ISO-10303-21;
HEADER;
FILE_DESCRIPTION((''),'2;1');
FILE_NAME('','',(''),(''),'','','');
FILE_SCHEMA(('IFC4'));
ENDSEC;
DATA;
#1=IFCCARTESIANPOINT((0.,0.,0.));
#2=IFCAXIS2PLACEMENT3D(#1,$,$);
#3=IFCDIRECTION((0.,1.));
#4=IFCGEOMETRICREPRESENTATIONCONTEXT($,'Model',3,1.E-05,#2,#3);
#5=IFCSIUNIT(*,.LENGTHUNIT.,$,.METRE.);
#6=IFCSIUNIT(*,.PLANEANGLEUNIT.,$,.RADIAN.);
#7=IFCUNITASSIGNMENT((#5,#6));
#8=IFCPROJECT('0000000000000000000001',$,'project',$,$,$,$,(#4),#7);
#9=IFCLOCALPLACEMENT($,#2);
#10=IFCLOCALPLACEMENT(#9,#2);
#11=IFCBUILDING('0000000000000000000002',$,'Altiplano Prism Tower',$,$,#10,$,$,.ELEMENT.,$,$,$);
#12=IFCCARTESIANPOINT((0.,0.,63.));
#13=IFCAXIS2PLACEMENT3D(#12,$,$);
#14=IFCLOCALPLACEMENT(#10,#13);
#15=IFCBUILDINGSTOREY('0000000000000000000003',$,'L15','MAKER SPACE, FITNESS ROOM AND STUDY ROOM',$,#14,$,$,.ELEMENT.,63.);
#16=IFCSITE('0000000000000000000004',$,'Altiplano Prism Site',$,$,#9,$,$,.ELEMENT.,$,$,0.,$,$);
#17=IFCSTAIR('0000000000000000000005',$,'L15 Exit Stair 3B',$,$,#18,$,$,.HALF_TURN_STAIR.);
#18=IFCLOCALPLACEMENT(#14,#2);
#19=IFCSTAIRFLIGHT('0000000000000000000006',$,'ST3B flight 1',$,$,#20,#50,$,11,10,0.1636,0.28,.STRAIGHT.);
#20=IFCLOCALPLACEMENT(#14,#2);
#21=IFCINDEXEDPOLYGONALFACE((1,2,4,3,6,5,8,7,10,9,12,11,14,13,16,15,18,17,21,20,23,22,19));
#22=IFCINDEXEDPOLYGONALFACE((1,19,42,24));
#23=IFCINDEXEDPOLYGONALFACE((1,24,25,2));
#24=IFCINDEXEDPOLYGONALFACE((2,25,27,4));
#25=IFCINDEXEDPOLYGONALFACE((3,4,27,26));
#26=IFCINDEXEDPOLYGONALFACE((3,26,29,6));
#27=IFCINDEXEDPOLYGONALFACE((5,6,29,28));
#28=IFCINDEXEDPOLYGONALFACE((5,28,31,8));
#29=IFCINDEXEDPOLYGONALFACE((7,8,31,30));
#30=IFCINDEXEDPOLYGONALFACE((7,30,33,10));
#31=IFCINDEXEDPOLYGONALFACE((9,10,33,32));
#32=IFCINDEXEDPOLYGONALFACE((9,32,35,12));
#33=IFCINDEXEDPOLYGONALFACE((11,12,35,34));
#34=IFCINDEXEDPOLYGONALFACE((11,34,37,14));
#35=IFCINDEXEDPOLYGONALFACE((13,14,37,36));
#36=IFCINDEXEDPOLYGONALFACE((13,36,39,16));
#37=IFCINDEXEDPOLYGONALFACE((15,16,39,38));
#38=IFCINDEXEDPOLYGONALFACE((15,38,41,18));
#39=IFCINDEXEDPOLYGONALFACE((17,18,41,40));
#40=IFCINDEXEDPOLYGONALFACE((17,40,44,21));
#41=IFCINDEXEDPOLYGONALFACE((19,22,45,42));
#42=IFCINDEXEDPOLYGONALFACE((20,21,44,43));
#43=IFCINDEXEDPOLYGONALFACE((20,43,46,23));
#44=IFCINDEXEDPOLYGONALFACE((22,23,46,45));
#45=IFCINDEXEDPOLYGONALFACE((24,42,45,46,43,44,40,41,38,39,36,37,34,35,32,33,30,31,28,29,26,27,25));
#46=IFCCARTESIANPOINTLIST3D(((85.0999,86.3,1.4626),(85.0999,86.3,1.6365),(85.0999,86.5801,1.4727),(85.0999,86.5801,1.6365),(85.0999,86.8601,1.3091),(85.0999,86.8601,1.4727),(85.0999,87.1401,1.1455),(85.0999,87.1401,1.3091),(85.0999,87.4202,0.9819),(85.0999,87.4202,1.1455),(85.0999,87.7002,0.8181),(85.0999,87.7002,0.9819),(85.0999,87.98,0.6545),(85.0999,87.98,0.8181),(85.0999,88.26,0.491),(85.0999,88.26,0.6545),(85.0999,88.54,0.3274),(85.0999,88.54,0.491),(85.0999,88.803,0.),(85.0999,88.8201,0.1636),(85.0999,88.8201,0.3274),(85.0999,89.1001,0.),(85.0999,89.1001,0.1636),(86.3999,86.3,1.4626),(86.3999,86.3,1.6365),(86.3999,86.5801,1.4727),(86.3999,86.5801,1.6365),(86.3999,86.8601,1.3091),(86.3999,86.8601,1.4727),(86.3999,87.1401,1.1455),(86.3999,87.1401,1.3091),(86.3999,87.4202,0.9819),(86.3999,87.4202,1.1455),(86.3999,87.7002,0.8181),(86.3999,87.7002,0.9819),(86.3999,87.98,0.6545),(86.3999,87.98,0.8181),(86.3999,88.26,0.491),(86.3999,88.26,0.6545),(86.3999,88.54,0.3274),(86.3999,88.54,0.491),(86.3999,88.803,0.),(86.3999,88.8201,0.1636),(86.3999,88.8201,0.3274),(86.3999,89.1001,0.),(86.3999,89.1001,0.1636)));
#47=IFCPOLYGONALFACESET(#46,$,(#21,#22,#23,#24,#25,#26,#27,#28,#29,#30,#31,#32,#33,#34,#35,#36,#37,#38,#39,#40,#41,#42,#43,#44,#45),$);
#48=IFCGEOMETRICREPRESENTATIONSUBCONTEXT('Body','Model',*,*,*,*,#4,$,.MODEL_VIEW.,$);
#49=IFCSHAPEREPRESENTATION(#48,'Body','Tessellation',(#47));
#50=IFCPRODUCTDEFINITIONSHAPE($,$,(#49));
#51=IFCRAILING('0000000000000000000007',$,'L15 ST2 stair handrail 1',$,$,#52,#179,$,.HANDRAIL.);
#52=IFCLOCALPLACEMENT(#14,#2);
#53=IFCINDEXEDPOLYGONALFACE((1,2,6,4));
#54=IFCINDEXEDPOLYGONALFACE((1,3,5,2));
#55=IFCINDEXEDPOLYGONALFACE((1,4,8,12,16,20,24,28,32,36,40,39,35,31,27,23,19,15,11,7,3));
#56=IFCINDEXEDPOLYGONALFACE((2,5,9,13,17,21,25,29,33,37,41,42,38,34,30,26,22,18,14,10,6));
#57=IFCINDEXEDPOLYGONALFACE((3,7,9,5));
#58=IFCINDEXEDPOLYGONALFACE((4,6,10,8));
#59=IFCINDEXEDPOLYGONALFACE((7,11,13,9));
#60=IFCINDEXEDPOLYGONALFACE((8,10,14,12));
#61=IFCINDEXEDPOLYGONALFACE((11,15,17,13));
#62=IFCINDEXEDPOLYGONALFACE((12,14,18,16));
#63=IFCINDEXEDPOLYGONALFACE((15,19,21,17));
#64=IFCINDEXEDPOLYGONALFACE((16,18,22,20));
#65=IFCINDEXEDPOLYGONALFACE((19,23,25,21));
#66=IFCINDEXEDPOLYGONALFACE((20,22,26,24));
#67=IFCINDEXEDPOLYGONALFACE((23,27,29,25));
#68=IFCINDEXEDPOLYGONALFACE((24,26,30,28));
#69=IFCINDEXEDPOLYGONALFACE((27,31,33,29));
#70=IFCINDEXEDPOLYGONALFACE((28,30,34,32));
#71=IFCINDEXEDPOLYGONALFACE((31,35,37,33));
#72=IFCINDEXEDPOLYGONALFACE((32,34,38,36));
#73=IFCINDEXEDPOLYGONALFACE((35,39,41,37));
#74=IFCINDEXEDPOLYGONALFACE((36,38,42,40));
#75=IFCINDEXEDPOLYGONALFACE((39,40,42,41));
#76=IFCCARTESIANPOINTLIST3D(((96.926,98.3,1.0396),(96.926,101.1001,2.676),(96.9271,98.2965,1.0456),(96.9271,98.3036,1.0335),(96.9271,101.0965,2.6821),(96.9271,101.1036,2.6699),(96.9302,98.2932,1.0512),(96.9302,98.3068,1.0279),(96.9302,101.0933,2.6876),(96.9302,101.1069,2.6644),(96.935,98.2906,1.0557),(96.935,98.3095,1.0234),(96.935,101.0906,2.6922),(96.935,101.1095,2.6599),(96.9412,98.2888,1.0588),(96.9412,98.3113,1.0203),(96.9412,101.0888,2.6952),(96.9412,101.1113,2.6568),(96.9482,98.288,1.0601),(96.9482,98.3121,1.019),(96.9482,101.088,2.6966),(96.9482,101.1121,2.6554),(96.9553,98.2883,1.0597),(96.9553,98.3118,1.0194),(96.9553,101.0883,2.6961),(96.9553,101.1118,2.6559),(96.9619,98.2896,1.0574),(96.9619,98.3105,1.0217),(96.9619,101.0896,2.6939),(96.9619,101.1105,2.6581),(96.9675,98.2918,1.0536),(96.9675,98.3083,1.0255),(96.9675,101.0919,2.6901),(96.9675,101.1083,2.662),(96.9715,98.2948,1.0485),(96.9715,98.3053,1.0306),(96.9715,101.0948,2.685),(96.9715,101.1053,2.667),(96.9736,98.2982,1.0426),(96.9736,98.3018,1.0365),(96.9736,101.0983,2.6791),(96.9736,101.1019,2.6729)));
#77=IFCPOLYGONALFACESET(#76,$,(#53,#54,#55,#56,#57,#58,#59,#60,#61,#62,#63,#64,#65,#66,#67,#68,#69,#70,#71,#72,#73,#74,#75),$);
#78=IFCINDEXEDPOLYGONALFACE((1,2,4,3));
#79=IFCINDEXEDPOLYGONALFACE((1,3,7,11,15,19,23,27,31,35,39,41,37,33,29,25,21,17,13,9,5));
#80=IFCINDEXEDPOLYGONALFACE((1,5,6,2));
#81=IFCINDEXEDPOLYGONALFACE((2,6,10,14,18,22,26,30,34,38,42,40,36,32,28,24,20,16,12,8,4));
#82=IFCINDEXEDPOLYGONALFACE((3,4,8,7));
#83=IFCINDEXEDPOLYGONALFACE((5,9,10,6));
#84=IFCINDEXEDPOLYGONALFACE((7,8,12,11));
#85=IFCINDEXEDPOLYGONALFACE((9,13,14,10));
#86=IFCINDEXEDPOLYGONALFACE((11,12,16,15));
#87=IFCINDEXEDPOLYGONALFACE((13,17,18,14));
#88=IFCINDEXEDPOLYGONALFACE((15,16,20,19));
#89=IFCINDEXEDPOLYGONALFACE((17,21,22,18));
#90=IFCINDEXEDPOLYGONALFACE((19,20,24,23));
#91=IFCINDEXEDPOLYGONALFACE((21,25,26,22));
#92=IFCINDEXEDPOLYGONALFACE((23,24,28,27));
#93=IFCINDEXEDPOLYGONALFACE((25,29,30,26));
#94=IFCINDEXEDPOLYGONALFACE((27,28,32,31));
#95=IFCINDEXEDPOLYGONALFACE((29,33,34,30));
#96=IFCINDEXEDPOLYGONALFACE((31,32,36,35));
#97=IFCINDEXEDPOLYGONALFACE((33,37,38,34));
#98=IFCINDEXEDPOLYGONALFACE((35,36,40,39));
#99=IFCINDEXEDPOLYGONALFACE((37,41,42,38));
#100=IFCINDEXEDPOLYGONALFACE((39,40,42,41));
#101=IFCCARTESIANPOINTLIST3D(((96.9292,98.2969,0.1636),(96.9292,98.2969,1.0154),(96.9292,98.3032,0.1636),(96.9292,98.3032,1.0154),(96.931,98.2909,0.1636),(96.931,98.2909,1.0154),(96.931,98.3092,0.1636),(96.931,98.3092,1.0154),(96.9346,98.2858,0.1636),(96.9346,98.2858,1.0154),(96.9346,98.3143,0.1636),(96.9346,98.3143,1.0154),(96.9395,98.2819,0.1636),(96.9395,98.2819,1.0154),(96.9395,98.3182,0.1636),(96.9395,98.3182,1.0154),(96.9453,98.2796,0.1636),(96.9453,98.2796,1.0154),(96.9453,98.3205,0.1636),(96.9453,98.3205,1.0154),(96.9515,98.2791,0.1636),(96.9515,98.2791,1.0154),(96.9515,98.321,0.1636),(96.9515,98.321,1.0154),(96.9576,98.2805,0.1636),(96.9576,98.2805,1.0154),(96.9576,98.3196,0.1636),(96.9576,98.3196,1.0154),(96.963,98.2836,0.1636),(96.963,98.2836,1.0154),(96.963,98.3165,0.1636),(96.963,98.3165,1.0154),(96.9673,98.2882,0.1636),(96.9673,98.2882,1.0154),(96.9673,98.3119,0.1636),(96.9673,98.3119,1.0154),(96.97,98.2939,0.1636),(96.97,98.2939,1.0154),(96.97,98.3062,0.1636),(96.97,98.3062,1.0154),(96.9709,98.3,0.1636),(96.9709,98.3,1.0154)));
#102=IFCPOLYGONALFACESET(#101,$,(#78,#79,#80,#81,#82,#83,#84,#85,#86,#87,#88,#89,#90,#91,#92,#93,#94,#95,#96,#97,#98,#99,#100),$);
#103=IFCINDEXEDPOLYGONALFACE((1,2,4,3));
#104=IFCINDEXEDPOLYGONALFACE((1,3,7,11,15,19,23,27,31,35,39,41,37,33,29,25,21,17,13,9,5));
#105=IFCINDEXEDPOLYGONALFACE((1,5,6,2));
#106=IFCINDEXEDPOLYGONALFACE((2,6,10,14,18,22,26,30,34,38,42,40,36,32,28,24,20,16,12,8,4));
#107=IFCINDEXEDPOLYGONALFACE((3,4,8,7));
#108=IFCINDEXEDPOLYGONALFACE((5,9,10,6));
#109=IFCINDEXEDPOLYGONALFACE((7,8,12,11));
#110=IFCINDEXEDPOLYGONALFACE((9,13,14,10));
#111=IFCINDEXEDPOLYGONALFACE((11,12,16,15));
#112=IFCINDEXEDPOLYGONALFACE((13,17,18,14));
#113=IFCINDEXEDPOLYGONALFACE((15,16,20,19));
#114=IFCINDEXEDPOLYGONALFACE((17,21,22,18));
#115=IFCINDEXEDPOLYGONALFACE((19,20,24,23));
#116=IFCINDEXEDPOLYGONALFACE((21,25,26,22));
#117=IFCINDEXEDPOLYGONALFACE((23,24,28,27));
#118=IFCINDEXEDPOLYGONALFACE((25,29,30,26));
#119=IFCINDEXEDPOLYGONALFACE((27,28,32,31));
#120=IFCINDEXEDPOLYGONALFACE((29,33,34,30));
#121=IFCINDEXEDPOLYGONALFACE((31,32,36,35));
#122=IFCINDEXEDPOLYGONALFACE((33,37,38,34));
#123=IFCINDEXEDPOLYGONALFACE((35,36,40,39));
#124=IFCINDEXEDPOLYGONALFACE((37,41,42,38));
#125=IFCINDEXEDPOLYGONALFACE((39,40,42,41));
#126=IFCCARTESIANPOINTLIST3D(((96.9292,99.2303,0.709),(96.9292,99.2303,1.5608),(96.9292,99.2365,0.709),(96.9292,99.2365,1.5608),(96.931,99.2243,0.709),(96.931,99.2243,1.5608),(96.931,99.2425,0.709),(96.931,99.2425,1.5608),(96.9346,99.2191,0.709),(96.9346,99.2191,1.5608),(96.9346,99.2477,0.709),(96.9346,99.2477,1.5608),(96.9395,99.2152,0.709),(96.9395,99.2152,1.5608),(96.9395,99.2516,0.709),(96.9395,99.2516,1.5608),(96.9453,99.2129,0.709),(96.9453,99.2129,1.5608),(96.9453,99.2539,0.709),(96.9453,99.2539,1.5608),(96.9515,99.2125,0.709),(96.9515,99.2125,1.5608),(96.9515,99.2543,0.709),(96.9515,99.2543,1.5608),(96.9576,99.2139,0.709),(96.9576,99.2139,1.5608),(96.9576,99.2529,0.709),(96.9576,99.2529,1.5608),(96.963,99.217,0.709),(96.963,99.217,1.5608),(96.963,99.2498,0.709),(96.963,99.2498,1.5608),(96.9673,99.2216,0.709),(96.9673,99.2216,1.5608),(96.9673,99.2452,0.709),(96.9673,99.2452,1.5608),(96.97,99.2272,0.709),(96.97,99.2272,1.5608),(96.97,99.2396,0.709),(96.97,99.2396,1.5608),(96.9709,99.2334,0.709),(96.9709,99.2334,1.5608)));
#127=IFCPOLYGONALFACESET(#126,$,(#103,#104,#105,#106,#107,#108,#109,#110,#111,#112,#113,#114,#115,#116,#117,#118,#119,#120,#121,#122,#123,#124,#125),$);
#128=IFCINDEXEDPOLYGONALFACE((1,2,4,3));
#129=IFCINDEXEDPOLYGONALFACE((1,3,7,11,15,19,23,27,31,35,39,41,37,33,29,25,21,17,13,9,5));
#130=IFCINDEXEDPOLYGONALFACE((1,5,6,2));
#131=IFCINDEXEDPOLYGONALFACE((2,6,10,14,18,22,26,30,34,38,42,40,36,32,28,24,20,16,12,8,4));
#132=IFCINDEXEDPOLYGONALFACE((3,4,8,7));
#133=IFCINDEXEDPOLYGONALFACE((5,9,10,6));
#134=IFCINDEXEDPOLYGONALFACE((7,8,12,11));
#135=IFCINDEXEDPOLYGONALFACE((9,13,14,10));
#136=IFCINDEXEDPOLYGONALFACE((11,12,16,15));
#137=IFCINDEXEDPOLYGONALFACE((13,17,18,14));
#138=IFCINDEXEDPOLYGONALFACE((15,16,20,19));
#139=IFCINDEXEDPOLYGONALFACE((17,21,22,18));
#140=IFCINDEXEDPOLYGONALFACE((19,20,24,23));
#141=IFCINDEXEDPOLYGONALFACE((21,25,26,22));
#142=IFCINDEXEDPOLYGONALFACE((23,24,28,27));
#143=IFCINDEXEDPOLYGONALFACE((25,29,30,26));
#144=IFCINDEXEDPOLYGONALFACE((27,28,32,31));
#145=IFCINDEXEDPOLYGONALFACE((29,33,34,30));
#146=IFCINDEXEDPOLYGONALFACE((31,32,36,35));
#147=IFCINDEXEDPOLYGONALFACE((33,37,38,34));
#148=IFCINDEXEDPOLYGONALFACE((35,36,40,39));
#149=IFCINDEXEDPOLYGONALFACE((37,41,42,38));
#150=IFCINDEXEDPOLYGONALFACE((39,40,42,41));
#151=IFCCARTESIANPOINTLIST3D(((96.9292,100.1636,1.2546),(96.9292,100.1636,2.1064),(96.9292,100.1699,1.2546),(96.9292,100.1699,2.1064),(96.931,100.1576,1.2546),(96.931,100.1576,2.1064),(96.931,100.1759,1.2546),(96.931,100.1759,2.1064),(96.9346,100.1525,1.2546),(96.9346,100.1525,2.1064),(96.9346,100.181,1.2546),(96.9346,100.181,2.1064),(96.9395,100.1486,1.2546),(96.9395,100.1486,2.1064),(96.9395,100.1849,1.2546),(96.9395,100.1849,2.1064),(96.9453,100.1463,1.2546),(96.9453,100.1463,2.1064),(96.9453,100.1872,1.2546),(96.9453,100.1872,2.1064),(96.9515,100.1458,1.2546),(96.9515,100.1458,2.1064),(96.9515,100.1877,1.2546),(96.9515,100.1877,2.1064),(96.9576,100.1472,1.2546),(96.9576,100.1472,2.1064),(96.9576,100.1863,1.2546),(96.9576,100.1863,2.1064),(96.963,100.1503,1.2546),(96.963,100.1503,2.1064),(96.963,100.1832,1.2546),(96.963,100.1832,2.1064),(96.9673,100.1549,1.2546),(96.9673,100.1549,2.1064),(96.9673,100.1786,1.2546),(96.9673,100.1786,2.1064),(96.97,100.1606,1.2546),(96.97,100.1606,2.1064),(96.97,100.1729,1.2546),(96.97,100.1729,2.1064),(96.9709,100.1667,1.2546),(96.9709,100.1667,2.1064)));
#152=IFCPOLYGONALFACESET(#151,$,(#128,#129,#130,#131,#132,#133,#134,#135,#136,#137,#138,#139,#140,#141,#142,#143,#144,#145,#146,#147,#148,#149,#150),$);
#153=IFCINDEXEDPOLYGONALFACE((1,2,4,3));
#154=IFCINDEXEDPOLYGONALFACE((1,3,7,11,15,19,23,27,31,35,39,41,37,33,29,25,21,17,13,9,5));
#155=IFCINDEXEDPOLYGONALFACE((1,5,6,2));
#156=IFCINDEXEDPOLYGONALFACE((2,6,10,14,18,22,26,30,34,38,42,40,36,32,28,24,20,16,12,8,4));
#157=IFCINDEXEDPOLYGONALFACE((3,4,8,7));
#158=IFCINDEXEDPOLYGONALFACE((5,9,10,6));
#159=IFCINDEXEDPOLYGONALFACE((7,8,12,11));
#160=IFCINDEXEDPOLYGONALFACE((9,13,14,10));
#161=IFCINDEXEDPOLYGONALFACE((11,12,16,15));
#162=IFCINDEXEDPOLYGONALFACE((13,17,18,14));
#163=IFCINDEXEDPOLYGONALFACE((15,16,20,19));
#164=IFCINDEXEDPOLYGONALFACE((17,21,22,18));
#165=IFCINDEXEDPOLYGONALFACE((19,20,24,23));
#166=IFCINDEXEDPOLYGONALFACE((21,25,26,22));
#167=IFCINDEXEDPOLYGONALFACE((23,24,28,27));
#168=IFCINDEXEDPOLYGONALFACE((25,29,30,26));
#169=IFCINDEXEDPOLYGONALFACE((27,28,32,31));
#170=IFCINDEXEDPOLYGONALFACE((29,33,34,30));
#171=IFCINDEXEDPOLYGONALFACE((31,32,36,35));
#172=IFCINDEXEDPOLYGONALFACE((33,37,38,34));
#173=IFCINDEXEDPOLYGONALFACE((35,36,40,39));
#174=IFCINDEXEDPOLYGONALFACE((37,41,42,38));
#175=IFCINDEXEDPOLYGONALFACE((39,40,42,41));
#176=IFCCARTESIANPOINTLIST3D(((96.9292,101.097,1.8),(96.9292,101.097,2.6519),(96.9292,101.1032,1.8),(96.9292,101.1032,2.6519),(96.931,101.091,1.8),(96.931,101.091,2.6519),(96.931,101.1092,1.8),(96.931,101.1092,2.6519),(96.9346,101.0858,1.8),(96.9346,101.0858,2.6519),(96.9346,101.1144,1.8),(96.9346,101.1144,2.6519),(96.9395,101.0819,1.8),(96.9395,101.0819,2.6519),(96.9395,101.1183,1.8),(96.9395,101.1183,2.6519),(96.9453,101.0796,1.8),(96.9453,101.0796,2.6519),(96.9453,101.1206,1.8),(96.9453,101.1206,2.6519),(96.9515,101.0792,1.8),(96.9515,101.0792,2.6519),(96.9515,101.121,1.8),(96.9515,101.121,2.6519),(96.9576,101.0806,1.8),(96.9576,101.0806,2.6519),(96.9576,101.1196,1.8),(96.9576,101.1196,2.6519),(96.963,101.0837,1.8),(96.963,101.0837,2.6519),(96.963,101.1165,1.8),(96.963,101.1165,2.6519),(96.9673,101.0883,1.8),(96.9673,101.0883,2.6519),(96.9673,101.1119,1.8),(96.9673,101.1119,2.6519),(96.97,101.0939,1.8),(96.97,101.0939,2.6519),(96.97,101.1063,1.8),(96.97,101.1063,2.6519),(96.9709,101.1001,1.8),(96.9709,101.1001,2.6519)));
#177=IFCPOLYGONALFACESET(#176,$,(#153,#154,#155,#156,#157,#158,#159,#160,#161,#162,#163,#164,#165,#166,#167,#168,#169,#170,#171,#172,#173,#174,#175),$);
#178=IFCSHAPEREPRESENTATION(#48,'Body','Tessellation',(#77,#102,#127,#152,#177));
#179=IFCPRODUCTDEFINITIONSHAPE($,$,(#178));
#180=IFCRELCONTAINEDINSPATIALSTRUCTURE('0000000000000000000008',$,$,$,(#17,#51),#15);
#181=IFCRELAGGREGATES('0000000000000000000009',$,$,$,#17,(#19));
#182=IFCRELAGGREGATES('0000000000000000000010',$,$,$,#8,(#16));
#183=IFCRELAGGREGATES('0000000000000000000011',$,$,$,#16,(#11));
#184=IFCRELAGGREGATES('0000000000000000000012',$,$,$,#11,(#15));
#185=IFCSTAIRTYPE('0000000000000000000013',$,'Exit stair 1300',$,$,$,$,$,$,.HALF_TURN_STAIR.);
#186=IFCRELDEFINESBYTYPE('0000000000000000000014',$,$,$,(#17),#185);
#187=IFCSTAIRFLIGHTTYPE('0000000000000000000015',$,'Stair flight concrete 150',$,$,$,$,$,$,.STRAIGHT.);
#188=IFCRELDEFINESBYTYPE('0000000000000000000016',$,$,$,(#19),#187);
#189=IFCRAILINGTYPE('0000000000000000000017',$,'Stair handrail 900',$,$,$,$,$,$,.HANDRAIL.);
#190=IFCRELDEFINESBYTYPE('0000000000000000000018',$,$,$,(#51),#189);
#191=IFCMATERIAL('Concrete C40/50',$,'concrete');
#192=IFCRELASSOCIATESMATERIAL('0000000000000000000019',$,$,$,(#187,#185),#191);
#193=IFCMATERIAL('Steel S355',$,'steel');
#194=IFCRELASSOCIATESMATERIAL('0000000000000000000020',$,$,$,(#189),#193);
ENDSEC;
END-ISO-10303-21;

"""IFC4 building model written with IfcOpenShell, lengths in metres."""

from ifc_helpers import new_model, si_unit, direction, frame, origin, origin_2d, place, context, subcontext, project, spatial, polyline, circle, outline, extrude, material, type_object, element, aggregate, save


model = new_model("IFC4")

# Units and contexts
model_context = context("Model", 3, precision=1e-05, world=origin(), true_north=direction((0.0, 1.0)))
body_context = subcontext(model_context, "Body", "Model", "MODEL_VIEW")
ifc_project = project(units=[si_unit("LENGTHUNIT", "METRE"), si_unit("PLANEANGLEUNIT", "RADIAN")], contexts=[model_context])

# Site, building, storey
site_placement = place(None, origin())
site = spatial("IfcSite", under=ifc_project, at=site_placement, Name="Altiplano Prism Site", CompositionType="ELEMENT", RefElevation=0.0)
building_placement = place(site_placement, origin())
building = spatial("IfcBuilding", under=site, at=building_placement, Name="Altiplano Prism Tower", CompositionType="ELEMENT")
storey_placement = place(building_placement, frame((0.0, 0.0, 63.0)))
storey = spatial("IfcBuildingStorey", under=building, at=storey_placement, Name="L15", Description="MAKER SPACE, FITNESS ROOM AND STUDY ROOM", CompositionType="ELEMENT", Elevation=63.0)

# Shared definitions
ifc_material_1 = material(Name="Concrete C40/50", Category="concrete")
stair_flight_type = type_object("IfcStairFlightType", Name="Stair flight concrete 150", PredefinedType="STRAIGHT", material=ifc_material_1)

# Stair, stair flight
stair_type_1 = type_object("IfcStairType", Name="Exit stair 1300", PredefinedType="HALF_TURN_STAIR", material=ifc_material_1)
stair_1_placement = place(storey_placement, origin())
stair_1 = element("IfcStair", 1, at=stair_1_placement, inside=storey, type_object=stair_type_1, Name="L15 Exit Stair 3B", PredefinedType="HALF_TURN_STAIR")
stair_flight_1_placement = place(storey_placement, frame((85.75, 89.1001, 0.0), z_axis=(0.0, 0.0, 1.0), x_axis=(0.0, -1.0, 0.0)))
stair_flight_1 = element("IfcStairFlight", 2, at=stair_flight_1_placement, type_object=stair_flight_type, Name="ST3B flight 1", NumberOfRisers=11, NumberOfTreads=10, PredefinedType="STRAIGHT", RiserHeight=0.1636, TreadLength=0.28, context=body_context, shape_type="SweptSolid", body=[
    extrude(outline(polyline([(0.0, 0.0), (0.0, 0.1636), (0.28, 0.1636), (0.28, 0.3274), (0.5601, 0.3274), (0.5601, 0.491), (0.8401, 0.491), (0.8401, 0.6545), (1.1201, 0.6545), (1.1201, 0.8181), (1.3999, 0.8181), (1.3999, 0.9819), (1.6799, 0.9819), (1.6799, 1.1455), (1.96, 1.1455), (1.96, 1.3091), (2.24, 1.3091), (2.24, 1.4727), (2.52, 1.4727), (2.52, 1.6365), (2.8, 1.6365), (2.8, 1.8), (2.8, 1.4626), (0.2971, 0.0), (0.0, 0.0)])), frame((0.0, 0.6499, 0.0), z_axis=(0.0, -1.0, 0.0), x_axis=(1.0, 0.0, 0.0)), (0.0, 0.0, 1.0), 1.3),
])
aggregate(stair_1, [stair_flight_1])

# Railing
ifc_material_2 = material(Name="Steel S355", Category="steel")
railing_type_1 = type_object("IfcRailingType", Name="Stair handrail 900", PredefinedType="HANDRAIL", material=ifc_material_2)
railing_1_placement = place(storey_placement, frame((96.95, 98.3, 0.1636)))
element("IfcRailing", 3, at=railing_1_placement, inside=storey, type_object=railing_type_1, Name="L15 ST2 stair handrail 1", PredefinedType="HANDRAIL", context=body_context, shape_type="SweptSolid", body=[
    extrude(circle(Radius=0.0239, at=origin_2d()), frame((0.0, 0.0, 0.876), z_axis=(0.0, 0.863361, 0.504587), x_axis=(-1.0, 0.0, 0.0)), (0.0, 0.0, 1.0), 3.2432),
    extrude(circle(Radius=0.021, at=origin_2d()), origin(), (0.0, 0.0, 1.0), 0.8518),
    extrude(circle(Radius=0.021, at=origin_2d()), frame((0.0, 0.9333, 0.5454)), (0.0, 0.0, 1.0), 0.8518),
    extrude(circle(Radius=0.021, at=origin_2d()), frame((0.0, 1.8667, 1.0911)), (0.0, 0.0, 1.0), 0.8518),
    extrude(circle(Radius=0.021, at=origin_2d()), frame((0.0, 2.8, 1.6365)), (0.0, 0.0, 1.0), 0.8518),
])

save(model, "model.ifc")
